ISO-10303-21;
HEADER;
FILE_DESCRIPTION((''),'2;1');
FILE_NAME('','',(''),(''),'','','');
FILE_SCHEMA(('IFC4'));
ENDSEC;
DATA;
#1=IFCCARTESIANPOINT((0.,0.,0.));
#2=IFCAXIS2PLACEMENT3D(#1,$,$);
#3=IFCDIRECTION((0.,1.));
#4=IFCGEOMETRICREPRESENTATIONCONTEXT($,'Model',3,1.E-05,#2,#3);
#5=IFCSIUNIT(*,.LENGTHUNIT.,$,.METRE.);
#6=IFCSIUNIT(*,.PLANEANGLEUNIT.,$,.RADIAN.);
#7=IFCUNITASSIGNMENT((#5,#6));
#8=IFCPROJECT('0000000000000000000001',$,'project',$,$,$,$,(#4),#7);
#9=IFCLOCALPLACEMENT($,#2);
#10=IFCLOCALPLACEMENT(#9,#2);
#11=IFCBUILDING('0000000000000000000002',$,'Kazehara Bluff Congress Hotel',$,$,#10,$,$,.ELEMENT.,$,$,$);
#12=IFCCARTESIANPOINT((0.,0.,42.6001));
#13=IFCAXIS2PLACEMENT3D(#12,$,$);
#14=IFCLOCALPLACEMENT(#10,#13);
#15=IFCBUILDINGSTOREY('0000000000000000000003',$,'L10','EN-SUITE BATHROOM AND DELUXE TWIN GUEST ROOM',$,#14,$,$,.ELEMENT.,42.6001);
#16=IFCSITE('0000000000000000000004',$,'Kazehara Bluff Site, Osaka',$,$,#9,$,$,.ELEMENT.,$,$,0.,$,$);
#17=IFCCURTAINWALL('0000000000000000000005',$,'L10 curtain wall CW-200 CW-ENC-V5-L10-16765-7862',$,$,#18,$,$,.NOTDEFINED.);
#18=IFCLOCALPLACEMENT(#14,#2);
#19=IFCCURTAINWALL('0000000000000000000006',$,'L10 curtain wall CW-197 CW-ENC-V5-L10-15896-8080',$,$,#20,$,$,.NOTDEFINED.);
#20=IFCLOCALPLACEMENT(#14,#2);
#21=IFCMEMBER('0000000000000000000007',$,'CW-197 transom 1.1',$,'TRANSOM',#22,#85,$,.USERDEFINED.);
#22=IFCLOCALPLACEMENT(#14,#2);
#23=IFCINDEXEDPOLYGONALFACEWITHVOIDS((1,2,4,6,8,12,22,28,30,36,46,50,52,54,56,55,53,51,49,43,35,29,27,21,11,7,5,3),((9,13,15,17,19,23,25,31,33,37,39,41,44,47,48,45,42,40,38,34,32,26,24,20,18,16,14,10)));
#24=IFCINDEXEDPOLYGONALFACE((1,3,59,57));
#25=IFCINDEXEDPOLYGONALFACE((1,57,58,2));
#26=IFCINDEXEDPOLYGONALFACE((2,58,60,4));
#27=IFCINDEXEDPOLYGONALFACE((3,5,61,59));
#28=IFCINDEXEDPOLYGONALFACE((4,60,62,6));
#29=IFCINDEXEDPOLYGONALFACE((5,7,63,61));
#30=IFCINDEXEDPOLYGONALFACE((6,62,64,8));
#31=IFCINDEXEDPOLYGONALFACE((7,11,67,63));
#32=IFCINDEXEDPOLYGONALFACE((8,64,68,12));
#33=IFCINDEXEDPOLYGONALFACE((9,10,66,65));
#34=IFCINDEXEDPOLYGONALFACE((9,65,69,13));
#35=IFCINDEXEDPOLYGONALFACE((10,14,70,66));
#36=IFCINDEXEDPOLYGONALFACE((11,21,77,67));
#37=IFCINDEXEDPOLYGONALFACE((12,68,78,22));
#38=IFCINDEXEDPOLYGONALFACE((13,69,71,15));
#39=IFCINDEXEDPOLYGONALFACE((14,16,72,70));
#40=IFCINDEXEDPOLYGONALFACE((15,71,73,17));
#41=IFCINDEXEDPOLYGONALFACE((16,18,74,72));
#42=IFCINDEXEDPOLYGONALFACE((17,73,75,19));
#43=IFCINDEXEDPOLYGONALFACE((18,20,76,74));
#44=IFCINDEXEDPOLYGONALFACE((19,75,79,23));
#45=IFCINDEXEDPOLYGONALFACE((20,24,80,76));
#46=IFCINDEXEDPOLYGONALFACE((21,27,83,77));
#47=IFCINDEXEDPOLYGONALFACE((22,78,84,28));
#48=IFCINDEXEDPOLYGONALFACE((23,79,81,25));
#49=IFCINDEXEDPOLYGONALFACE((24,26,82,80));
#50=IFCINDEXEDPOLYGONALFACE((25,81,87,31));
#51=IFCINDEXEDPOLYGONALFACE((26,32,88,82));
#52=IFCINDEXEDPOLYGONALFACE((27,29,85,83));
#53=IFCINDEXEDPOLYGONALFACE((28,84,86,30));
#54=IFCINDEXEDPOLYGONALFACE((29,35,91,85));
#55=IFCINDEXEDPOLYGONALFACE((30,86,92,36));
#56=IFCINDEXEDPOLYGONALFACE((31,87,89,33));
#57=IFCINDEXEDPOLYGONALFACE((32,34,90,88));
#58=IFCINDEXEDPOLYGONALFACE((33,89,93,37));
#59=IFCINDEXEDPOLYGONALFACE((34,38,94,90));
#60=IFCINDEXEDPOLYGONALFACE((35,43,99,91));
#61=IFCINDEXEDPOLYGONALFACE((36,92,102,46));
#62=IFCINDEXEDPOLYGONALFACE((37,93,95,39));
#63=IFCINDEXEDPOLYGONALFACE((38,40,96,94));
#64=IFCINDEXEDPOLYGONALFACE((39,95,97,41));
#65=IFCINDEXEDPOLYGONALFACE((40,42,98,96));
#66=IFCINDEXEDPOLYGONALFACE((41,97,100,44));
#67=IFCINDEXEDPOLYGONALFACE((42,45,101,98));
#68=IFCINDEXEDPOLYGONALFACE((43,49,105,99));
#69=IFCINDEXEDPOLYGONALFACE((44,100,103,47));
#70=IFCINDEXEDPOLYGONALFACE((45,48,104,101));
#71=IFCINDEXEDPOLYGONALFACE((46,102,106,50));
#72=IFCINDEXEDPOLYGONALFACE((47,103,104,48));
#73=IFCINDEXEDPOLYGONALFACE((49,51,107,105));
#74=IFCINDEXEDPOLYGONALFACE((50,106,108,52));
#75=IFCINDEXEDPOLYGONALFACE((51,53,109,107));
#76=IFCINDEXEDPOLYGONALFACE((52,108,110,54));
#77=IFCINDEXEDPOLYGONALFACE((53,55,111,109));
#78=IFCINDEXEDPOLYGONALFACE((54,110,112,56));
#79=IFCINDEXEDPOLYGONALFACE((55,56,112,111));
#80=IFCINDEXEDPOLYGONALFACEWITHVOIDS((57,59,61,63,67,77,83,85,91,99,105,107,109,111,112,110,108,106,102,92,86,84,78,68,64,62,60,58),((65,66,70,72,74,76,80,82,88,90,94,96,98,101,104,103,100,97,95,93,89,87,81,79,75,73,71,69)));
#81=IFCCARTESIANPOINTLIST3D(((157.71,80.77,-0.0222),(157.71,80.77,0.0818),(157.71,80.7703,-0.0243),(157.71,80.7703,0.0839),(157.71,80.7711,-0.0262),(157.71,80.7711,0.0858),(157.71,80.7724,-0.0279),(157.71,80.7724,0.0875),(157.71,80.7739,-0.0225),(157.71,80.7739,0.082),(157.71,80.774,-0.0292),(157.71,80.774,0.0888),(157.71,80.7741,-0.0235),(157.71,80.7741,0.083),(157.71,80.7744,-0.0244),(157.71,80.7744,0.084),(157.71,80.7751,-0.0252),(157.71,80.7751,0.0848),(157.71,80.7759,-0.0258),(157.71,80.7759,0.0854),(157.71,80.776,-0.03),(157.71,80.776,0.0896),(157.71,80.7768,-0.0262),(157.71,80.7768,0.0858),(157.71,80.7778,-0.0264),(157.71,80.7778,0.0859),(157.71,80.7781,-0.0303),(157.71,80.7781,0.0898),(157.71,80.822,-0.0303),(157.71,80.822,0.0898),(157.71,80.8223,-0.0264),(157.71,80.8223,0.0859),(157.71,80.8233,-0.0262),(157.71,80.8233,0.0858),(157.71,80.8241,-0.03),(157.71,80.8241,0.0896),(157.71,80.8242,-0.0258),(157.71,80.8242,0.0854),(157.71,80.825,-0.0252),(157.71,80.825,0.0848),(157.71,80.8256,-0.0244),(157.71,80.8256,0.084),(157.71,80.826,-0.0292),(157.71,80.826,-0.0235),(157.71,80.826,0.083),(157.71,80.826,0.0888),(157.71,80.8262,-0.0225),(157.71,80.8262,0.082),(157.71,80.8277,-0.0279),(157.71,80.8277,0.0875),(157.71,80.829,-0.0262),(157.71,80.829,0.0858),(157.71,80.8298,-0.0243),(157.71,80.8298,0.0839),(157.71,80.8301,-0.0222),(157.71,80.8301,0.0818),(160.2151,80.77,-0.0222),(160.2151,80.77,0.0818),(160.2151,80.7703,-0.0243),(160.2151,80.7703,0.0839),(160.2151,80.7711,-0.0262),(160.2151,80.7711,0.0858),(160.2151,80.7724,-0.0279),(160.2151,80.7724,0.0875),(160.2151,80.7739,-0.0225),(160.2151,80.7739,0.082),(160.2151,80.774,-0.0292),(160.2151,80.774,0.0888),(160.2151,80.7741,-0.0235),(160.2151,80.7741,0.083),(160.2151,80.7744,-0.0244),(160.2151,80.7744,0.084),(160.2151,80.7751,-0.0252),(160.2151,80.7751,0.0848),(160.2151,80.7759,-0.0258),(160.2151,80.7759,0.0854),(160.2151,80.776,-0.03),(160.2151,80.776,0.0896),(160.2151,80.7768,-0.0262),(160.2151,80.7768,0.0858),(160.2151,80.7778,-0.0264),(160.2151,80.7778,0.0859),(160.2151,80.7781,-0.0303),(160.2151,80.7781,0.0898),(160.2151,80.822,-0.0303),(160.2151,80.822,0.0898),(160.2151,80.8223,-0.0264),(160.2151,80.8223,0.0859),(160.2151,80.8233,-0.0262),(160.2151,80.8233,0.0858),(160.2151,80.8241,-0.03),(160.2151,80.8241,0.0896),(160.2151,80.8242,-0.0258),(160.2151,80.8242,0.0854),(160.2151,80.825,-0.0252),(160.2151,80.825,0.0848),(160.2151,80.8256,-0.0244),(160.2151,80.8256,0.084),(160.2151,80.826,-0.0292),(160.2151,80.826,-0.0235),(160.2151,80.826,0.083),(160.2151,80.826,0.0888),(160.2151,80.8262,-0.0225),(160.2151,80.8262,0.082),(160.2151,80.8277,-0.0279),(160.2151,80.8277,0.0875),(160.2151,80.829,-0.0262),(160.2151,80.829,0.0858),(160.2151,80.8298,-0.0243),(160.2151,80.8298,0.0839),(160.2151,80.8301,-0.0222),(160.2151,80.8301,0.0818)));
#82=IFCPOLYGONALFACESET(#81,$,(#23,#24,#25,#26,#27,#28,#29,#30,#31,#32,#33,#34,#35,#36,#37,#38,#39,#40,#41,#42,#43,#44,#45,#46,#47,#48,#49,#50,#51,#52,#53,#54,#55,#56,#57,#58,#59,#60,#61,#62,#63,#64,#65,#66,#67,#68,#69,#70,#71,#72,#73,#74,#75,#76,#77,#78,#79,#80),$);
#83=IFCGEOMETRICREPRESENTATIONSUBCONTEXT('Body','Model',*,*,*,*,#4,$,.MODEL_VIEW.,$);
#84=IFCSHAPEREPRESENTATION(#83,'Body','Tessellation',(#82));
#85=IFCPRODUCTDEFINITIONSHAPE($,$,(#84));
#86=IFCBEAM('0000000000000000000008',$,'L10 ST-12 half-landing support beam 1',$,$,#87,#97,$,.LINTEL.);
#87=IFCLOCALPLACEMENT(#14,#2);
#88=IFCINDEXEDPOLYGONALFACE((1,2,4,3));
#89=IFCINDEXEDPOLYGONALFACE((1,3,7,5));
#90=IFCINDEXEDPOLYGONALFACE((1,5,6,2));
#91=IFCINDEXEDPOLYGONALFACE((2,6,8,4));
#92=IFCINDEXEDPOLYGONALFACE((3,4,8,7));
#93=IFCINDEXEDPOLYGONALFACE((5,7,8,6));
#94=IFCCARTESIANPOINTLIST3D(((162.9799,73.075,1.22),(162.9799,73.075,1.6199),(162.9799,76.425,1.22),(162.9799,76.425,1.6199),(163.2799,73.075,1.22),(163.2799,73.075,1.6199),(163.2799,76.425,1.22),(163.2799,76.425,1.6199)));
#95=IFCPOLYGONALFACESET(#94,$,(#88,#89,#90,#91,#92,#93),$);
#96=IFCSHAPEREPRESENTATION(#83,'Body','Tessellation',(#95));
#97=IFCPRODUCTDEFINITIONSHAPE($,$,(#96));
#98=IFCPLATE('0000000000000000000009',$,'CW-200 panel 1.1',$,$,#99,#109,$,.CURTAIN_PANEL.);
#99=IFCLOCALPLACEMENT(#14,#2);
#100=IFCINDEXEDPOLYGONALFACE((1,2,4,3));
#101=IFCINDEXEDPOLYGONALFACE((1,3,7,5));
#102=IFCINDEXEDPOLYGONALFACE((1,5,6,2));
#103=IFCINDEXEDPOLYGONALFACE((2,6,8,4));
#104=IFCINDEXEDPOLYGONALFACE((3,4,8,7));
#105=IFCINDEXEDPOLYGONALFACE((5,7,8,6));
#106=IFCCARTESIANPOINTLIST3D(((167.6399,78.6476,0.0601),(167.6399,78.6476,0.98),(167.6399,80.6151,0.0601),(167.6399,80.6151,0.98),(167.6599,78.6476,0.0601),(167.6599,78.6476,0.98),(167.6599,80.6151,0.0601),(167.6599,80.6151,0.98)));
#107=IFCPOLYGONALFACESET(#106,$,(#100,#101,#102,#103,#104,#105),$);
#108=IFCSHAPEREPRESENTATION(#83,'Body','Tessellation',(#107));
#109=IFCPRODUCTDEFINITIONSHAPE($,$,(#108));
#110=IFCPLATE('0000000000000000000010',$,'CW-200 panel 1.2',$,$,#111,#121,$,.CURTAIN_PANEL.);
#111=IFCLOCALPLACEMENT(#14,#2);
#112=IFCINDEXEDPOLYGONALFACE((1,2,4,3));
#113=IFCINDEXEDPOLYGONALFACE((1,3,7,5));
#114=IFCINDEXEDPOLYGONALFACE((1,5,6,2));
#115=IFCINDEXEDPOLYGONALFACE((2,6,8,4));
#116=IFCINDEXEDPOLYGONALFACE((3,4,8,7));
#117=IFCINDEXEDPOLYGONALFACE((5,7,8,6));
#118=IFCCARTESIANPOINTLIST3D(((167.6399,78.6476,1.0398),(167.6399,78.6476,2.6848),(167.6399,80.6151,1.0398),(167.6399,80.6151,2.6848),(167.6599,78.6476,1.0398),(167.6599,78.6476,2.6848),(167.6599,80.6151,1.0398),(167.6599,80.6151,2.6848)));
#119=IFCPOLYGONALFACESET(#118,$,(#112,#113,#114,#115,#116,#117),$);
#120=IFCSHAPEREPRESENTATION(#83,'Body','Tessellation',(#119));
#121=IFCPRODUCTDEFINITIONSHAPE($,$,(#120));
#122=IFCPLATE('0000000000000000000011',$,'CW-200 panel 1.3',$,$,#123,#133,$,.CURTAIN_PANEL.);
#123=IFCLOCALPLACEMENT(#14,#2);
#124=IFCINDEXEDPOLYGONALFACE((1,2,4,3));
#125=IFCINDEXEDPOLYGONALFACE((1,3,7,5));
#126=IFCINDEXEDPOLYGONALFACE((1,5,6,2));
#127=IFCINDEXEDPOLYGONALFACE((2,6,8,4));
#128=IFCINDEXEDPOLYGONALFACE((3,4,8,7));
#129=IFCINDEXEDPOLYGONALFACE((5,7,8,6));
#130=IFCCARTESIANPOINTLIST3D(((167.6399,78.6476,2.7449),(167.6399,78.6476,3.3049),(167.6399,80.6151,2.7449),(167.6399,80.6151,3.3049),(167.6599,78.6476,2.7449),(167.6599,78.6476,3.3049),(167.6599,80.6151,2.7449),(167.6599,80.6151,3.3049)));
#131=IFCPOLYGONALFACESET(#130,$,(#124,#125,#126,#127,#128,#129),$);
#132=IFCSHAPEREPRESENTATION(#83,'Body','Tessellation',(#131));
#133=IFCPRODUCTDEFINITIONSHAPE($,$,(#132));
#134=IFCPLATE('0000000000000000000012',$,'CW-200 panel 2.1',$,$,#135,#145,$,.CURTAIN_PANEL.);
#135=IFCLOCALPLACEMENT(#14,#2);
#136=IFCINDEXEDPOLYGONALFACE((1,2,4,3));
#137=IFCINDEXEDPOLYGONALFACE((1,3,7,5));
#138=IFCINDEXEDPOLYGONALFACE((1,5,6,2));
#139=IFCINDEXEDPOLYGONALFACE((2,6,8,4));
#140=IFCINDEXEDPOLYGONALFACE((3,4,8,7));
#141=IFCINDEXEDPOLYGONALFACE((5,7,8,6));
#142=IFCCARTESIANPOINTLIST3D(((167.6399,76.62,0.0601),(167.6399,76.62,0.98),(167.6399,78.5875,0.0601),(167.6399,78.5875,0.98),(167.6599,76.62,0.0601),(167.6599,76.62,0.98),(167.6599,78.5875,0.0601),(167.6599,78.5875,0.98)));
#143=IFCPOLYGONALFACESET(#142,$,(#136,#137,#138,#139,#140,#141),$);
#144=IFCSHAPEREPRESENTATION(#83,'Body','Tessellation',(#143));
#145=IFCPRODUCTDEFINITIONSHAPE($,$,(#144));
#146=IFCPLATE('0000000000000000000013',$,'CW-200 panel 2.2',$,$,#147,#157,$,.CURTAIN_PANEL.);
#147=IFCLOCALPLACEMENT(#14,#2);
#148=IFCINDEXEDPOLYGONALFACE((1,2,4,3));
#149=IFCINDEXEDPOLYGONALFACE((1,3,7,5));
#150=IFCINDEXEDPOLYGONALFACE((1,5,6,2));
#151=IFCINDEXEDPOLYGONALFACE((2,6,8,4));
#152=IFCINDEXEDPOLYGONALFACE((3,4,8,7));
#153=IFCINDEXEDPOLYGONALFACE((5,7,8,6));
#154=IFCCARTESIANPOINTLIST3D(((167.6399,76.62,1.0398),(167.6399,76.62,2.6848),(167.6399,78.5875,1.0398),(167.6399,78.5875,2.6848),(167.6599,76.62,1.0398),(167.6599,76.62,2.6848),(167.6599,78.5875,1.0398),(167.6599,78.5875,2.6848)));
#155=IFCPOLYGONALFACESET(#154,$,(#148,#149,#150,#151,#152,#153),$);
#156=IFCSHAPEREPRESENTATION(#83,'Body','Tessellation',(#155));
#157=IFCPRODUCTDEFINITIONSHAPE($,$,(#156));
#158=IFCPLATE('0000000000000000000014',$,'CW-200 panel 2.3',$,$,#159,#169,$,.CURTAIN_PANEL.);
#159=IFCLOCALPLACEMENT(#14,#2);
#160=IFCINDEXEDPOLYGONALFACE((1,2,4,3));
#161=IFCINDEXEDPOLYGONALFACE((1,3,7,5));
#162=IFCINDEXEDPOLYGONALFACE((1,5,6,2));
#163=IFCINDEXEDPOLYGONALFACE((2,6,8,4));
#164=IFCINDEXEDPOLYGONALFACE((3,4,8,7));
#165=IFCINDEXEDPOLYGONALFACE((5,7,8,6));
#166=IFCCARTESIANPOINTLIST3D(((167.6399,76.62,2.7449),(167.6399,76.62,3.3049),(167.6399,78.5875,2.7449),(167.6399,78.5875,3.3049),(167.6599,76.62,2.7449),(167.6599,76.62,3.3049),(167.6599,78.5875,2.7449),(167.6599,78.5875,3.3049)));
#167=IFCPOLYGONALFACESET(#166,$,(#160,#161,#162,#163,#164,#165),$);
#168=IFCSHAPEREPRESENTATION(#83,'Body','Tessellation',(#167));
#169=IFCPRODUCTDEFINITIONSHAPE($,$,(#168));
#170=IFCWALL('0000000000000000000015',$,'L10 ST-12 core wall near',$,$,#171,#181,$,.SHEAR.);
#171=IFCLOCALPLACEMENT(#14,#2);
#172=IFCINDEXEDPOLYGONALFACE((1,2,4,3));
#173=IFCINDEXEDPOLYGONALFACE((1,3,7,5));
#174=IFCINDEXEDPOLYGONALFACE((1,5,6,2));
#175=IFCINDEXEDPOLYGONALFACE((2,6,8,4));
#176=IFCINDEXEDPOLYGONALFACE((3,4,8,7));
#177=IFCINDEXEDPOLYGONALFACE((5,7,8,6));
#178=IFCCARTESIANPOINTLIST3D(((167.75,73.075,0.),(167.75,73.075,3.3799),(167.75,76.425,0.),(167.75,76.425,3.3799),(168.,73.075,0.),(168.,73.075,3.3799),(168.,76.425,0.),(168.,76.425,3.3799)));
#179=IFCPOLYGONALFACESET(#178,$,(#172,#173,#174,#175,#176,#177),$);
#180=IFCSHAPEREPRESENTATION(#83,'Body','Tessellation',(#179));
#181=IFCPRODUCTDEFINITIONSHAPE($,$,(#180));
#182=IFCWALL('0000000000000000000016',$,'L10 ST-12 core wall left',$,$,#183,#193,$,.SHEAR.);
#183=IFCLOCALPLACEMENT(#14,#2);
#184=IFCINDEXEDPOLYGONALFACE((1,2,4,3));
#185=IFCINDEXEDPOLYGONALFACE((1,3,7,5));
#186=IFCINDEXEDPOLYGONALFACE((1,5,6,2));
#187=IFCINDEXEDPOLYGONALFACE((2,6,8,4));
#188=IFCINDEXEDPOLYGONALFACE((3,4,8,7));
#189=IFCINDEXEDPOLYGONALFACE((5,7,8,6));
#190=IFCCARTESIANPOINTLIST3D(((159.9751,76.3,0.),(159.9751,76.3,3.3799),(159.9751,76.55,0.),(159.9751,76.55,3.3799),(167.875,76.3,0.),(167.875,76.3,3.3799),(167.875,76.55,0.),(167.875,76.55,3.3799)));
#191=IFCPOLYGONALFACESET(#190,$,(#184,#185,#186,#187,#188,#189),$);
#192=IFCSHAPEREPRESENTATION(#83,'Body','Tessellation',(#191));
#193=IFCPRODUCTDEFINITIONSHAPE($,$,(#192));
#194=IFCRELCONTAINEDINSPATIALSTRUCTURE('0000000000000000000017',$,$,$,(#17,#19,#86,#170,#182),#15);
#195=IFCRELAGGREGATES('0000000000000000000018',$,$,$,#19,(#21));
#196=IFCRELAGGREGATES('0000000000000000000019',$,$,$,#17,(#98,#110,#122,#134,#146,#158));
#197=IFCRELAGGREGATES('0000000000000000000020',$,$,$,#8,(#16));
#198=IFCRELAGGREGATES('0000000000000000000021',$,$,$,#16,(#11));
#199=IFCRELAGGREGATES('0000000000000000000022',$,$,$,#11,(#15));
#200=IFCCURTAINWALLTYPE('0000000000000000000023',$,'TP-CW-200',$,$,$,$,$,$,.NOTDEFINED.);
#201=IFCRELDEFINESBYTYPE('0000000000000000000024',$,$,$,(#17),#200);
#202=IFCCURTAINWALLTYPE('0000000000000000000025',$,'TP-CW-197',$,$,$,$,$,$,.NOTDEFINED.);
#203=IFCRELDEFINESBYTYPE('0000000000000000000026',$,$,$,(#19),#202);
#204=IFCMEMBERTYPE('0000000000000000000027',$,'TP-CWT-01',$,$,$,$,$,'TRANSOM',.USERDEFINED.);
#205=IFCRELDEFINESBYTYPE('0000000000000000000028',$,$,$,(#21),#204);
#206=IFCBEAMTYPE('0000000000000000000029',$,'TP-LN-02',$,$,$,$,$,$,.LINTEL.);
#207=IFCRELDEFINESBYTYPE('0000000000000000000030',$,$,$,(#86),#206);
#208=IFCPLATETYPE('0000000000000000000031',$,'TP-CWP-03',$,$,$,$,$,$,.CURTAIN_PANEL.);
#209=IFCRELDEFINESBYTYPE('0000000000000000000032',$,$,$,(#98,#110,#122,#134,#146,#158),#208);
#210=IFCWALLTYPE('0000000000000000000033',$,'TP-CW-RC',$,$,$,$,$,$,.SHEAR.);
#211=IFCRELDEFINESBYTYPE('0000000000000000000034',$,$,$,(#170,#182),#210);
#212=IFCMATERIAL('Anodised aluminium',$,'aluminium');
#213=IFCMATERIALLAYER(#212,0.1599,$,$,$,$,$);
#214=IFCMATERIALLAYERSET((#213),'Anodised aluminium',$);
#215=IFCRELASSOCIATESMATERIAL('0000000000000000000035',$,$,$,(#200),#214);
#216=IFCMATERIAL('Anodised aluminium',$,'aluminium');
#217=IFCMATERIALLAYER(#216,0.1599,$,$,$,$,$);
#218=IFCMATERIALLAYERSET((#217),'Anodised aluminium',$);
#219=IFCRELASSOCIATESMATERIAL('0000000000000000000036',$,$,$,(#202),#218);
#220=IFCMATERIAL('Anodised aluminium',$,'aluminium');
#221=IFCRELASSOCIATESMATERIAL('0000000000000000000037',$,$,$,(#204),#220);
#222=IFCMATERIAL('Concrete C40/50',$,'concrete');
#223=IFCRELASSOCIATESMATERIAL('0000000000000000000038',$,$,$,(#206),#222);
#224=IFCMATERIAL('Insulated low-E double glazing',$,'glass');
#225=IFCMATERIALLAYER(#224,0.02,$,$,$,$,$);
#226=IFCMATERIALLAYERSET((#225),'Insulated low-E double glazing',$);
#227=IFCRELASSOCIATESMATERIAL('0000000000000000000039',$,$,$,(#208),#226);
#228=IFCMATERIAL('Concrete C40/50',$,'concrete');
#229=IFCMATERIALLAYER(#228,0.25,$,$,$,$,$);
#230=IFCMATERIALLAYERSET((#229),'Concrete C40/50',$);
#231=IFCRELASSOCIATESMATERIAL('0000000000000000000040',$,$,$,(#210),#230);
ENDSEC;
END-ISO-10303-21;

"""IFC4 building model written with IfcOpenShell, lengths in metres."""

from ifc_helpers import new_model, si_unit, direction, frame, frame_2d, origin, origin_2d, place, context, subcontext, project, spatial, rectangle, hollow_rectangle, extrude, material, layer, layer_set, material_profile, profile_set, type_object, element, aggregate, save


model = new_model("IFC4")

# Units and contexts
model_context = context("Model", 3, precision=1e-05, world=origin(), true_north=direction((0.0, 1.0)))
body_context = subcontext(model_context, "Body", "Model", "MODEL_VIEW")
ifc_project = project(units=[si_unit("LENGTHUNIT", "METRE"), si_unit("PLANEANGLEUNIT", "RADIAN")], contexts=[model_context])

# Site, building, storey
site_placement = place(None, origin())
site = spatial("IfcSite", under=ifc_project, at=site_placement, Name="Kazehara Bluff Site, Osaka", CompositionType="ELEMENT", RefElevation=0.0)
building_placement = place(site_placement, origin())
building = spatial("IfcBuilding", under=site, at=building_placement, Name="Kazehara Bluff Congress Hotel", CompositionType="ELEMENT")
storey_placement = place(building_placement, frame((0.0, 0.0, 42.6001)))
storey = spatial("IfcBuildingStorey", under=building, at=storey_placement, Name="L10", Description="EN-SUITE BATHROOM AND DELUXE TWIN GUEST ROOM", CompositionType="ELEMENT", Elevation=42.6001)

# Curtain wall
ifc_material_1 = material(Name="Anodised aluminium", Category="aluminium")
ifc_layer_1 = layer(ifc_material_1, 0.1599)
ifc_layer_set_1 = layer_set([ifc_layer_1], Name="Anodised aluminium")
curtain_wall_type_1 = type_object("IfcCurtainWallType", Name="TP-CW-200", PredefinedType="NOTDEFINED", material=ifc_layer_set_1)
curtain_wall_1_placement = place(storey_placement, origin())
curtain_wall_1 = element("IfcCurtainWall", 1, at=curtain_wall_1_placement, inside=storey, type_object=curtain_wall_type_1, Name="L10 curtain wall CW-200 CW-ENC-V5-L10-16765-7862", PredefinedType="NOTDEFINED")

# Curtain wall
ifc_material_2 = material(Name="Anodised aluminium", Category="aluminium")
ifc_layer_2 = layer(ifc_material_2, 0.1599)
ifc_layer_set_2 = layer_set([ifc_layer_2], Name="Anodised aluminium")
curtain_wall_type_2 = type_object("IfcCurtainWallType", Name="TP-CW-197", PredefinedType="NOTDEFINED", material=ifc_layer_set_2)
curtain_wall_2_placement = place(storey_placement, origin())
curtain_wall_2 = element("IfcCurtainWall", 2, at=curtain_wall_2_placement, inside=storey, type_object=curtain_wall_type_2, Name="L10 curtain wall CW-197 CW-ENC-V5-L10-15896-8080", PredefinedType="NOTDEFINED")

# Member
ifc_material_3 = material(Name="Anodised aluminium", Category="aluminium")
ifc_material_profile_1 = material_profile(ifc_material_3, hollow_rectangle(XDim=0.0601, YDim=0.1201, WallThickness=0.0039, InnerFilletRadius=0.0039, OuterFilletRadius=0.0081, at=origin_2d()))
ifc_profile_set_1 = profile_set([ifc_material_profile_1], Name="Anodised aluminium")
member_type_1 = type_object("IfcMemberType", Name="TP-CWT-01", ElementType="TRANSOM", PredefinedType="USERDEFINED", material=ifc_profile_set_1)
member_1_placement = place(storey_placement, frame((157.71, 80.8, 0.0298), z_axis=(1.0, 0.0, 0.0), x_axis=(0.0, 1.0, 0.0)))
member_1 = element("IfcMember", 3, at=member_1_placement, type_object=member_type_1, Name="CW-197 transom 1.1", ObjectType="TRANSOM", PredefinedType="USERDEFINED", context=body_context, shape_type="SweptSolid", body=[
    extrude(hollow_rectangle(XDim=0.0601, YDim=0.1201, WallThickness=0.0039, InnerFilletRadius=0.0039, OuterFilletRadius=0.0081, at=origin_2d()), origin(), (0.0, 0.0, 1.0), 2.5051),
])
aggregate(curtain_wall_2, [member_1])

# Beam
ifc_material_4 = material(Name="Concrete C40/50", Category="concrete")
ifc_material_profile_2 = material_profile(ifc_material_4, rectangle(XDim=0.3, YDim=0.3999, at=origin_2d()))
ifc_profile_set_2 = profile_set([ifc_material_profile_2], Name="Concrete C40/50")
beam_type = type_object("IfcBeamType", Name="TP-LN-02", PredefinedType="LINTEL", material=ifc_profile_set_2)
beam_placement = place(storey_placement, frame((163.1299, 76.425, 1.4199), z_axis=(0.0, -1.0, 0.0), x_axis=(1.0, 0.0, 0.0)))
element("IfcBeam", 4, at=beam_placement, inside=storey, type_object=beam_type, Name="L10 ST-12 half-landing support beam 1", PredefinedType="LINTEL", context=body_context, shape_type="SweptSolid", body=[
    extrude(rectangle(XDim=0.3, YDim=0.3999, at=origin_2d()), origin(), (0.0, 0.0, 1.0), 3.3501),
])

# Plates
ifc_material_5 = material(Name="Insulated low-E double glazing", Category="glass")
ifc_layer_3 = layer(ifc_material_5, 0.02)
ifc_layer_set_3 = layer_set([ifc_layer_3], Name="Insulated low-E double glazing")
plate_type = type_object("IfcPlateType", Name="TP-CWP-03", PredefinedType="CURTAIN_PANEL", material=ifc_layer_set_3)
plate_1_placement = place(storey_placement, frame((167.6499, 79.6313, 0.0601), z_axis=(0.0, 0.0, 1.0), x_axis=(0.0, -1.0, 0.0)))
plate_1 = element("IfcPlate", 5, at=plate_1_placement, type_object=plate_type, Name="CW-200 panel 1.1", PredefinedType="CURTAIN_PANEL", context=body_context, shape_type="SweptSolid", body=[
    extrude(rectangle(XDim=1.9675, YDim=0.02, at=origin_2d()), origin(), (0.0, 0.0, 1.0), 0.9199),
])
plate_2_placement = place(storey_placement, frame((167.6499, 79.6313, 1.0398), z_axis=(0.0, 0.0, 1.0), x_axis=(0.0, -1.0, 0.0)))
plate_2 = element("IfcPlate", 6, at=plate_2_placement, type_object=plate_type, Name="CW-200 panel 1.2", PredefinedType="CURTAIN_PANEL", context=body_context, shape_type="SweptSolid", body=[
    extrude(rectangle(XDim=1.9675, YDim=0.02, at=origin_2d()), origin(), (0.0, 0.0, 1.0), 1.645),
])
plate_3_placement = place(storey_placement, frame((167.6499, 79.6313, 2.7449), z_axis=(0.0, 0.0, 1.0), x_axis=(0.0, -1.0, 0.0)))
plate_3 = element("IfcPlate", 7, at=plate_3_placement, type_object=plate_type, Name="CW-200 panel 1.3", PredefinedType="CURTAIN_PANEL", context=body_context, shape_type="SweptSolid", body=[
    extrude(rectangle(XDim=1.9675, YDim=0.02, at=origin_2d()), origin(), (0.0, 0.0, 1.0), 0.5601),
])
plate_4_placement = place(storey_placement, frame((167.6499, 77.6038, 0.0601), z_axis=(0.0, 0.0, 1.0), x_axis=(0.0, -1.0, 0.0)))
plate_4 = element("IfcPlate", 8, at=plate_4_placement, type_object=plate_type, Name="CW-200 panel 2.1", PredefinedType="CURTAIN_PANEL", context=body_context, shape_type="SweptSolid", body=[
    extrude(rectangle(XDim=1.9675, YDim=0.02, at=origin_2d()), origin(), (0.0, 0.0, 1.0), 0.9199),
])
plate_5_placement = place(storey_placement, frame((167.6499, 77.6038, 1.0398), z_axis=(0.0, 0.0, 1.0), x_axis=(0.0, -1.0, 0.0)))
plate_5 = element("IfcPlate", 9, at=plate_5_placement, type_object=plate_type, Name="CW-200 panel 2.2", PredefinedType="CURTAIN_PANEL", context=body_context, shape_type="SweptSolid", body=[
    extrude(rectangle(XDim=1.9675, YDim=0.02, at=origin_2d()), origin(), (0.0, 0.0, 1.0), 1.645),
])
plate_6_placement = place(storey_placement, frame((167.6499, 77.6038, 2.7449), z_axis=(0.0, 0.0, 1.0), x_axis=(0.0, -1.0, 0.0)))
plate_6 = element("IfcPlate", 10, at=plate_6_placement, type_object=plate_type, Name="CW-200 panel 2.3", PredefinedType="CURTAIN_PANEL", context=body_context, shape_type="SweptSolid", body=[
    extrude(rectangle(XDim=1.9675, YDim=0.02, at=origin_2d()), origin(), (0.0, 0.0, 1.0), 0.5601),
])
aggregate(curtain_wall_1, [plate_1, plate_2, plate_3, plate_4, plate_5, plate_6])

# Walls
ifc_material_6 = material(Name="Concrete C40/50", Category="concrete")
ifc_layer_4 = layer(ifc_material_6, 0.25)
ifc_layer_set_4 = layer_set([ifc_layer_4], Name="Concrete C40/50")
wall_type_1 = type_object("IfcWallType", Name="TP-CW-RC", PredefinedType="SHEAR", material=ifc_layer_set_4)
wall_1_placement = place(storey_placement, frame((167.875, 76.425, 0.0), z_axis=(0.0, 0.0, 1.0), x_axis=(0.0, -1.0, 0.0)))
element("IfcWall", 11, at=wall_1_placement, inside=storey, type_object=wall_type_1, Name="L10 ST-12 core wall near", PredefinedType="SHEAR", context=body_context, shape_type="SweptSolid", body=[
    extrude(rectangle(XDim=3.3501, YDim=0.25, at=frame_2d((1.675, 0.0))), origin(), (0.0, 0.0, 1.0), 3.3799),
])
wall_2_placement = place(storey_placement, frame((159.9751, 76.425, 0.0), z_axis=(0.0, 0.0, 1.0), x_axis=(1.0, 0.0, 0.0)))
element("IfcWall", 12, at=wall_2_placement, inside=storey, type_object=wall_type_1, Name="L10 ST-12 core wall left", PredefinedType="SHEAR", context=body_context, shape_type="SweptSolid", body=[
    extrude(rectangle(XDim=7.8999, YDim=0.25, at=frame_2d((3.95, 0.0))), origin(), (0.0, 0.0, 1.0), 3.3799),
])

save(model, "model.ifc")
